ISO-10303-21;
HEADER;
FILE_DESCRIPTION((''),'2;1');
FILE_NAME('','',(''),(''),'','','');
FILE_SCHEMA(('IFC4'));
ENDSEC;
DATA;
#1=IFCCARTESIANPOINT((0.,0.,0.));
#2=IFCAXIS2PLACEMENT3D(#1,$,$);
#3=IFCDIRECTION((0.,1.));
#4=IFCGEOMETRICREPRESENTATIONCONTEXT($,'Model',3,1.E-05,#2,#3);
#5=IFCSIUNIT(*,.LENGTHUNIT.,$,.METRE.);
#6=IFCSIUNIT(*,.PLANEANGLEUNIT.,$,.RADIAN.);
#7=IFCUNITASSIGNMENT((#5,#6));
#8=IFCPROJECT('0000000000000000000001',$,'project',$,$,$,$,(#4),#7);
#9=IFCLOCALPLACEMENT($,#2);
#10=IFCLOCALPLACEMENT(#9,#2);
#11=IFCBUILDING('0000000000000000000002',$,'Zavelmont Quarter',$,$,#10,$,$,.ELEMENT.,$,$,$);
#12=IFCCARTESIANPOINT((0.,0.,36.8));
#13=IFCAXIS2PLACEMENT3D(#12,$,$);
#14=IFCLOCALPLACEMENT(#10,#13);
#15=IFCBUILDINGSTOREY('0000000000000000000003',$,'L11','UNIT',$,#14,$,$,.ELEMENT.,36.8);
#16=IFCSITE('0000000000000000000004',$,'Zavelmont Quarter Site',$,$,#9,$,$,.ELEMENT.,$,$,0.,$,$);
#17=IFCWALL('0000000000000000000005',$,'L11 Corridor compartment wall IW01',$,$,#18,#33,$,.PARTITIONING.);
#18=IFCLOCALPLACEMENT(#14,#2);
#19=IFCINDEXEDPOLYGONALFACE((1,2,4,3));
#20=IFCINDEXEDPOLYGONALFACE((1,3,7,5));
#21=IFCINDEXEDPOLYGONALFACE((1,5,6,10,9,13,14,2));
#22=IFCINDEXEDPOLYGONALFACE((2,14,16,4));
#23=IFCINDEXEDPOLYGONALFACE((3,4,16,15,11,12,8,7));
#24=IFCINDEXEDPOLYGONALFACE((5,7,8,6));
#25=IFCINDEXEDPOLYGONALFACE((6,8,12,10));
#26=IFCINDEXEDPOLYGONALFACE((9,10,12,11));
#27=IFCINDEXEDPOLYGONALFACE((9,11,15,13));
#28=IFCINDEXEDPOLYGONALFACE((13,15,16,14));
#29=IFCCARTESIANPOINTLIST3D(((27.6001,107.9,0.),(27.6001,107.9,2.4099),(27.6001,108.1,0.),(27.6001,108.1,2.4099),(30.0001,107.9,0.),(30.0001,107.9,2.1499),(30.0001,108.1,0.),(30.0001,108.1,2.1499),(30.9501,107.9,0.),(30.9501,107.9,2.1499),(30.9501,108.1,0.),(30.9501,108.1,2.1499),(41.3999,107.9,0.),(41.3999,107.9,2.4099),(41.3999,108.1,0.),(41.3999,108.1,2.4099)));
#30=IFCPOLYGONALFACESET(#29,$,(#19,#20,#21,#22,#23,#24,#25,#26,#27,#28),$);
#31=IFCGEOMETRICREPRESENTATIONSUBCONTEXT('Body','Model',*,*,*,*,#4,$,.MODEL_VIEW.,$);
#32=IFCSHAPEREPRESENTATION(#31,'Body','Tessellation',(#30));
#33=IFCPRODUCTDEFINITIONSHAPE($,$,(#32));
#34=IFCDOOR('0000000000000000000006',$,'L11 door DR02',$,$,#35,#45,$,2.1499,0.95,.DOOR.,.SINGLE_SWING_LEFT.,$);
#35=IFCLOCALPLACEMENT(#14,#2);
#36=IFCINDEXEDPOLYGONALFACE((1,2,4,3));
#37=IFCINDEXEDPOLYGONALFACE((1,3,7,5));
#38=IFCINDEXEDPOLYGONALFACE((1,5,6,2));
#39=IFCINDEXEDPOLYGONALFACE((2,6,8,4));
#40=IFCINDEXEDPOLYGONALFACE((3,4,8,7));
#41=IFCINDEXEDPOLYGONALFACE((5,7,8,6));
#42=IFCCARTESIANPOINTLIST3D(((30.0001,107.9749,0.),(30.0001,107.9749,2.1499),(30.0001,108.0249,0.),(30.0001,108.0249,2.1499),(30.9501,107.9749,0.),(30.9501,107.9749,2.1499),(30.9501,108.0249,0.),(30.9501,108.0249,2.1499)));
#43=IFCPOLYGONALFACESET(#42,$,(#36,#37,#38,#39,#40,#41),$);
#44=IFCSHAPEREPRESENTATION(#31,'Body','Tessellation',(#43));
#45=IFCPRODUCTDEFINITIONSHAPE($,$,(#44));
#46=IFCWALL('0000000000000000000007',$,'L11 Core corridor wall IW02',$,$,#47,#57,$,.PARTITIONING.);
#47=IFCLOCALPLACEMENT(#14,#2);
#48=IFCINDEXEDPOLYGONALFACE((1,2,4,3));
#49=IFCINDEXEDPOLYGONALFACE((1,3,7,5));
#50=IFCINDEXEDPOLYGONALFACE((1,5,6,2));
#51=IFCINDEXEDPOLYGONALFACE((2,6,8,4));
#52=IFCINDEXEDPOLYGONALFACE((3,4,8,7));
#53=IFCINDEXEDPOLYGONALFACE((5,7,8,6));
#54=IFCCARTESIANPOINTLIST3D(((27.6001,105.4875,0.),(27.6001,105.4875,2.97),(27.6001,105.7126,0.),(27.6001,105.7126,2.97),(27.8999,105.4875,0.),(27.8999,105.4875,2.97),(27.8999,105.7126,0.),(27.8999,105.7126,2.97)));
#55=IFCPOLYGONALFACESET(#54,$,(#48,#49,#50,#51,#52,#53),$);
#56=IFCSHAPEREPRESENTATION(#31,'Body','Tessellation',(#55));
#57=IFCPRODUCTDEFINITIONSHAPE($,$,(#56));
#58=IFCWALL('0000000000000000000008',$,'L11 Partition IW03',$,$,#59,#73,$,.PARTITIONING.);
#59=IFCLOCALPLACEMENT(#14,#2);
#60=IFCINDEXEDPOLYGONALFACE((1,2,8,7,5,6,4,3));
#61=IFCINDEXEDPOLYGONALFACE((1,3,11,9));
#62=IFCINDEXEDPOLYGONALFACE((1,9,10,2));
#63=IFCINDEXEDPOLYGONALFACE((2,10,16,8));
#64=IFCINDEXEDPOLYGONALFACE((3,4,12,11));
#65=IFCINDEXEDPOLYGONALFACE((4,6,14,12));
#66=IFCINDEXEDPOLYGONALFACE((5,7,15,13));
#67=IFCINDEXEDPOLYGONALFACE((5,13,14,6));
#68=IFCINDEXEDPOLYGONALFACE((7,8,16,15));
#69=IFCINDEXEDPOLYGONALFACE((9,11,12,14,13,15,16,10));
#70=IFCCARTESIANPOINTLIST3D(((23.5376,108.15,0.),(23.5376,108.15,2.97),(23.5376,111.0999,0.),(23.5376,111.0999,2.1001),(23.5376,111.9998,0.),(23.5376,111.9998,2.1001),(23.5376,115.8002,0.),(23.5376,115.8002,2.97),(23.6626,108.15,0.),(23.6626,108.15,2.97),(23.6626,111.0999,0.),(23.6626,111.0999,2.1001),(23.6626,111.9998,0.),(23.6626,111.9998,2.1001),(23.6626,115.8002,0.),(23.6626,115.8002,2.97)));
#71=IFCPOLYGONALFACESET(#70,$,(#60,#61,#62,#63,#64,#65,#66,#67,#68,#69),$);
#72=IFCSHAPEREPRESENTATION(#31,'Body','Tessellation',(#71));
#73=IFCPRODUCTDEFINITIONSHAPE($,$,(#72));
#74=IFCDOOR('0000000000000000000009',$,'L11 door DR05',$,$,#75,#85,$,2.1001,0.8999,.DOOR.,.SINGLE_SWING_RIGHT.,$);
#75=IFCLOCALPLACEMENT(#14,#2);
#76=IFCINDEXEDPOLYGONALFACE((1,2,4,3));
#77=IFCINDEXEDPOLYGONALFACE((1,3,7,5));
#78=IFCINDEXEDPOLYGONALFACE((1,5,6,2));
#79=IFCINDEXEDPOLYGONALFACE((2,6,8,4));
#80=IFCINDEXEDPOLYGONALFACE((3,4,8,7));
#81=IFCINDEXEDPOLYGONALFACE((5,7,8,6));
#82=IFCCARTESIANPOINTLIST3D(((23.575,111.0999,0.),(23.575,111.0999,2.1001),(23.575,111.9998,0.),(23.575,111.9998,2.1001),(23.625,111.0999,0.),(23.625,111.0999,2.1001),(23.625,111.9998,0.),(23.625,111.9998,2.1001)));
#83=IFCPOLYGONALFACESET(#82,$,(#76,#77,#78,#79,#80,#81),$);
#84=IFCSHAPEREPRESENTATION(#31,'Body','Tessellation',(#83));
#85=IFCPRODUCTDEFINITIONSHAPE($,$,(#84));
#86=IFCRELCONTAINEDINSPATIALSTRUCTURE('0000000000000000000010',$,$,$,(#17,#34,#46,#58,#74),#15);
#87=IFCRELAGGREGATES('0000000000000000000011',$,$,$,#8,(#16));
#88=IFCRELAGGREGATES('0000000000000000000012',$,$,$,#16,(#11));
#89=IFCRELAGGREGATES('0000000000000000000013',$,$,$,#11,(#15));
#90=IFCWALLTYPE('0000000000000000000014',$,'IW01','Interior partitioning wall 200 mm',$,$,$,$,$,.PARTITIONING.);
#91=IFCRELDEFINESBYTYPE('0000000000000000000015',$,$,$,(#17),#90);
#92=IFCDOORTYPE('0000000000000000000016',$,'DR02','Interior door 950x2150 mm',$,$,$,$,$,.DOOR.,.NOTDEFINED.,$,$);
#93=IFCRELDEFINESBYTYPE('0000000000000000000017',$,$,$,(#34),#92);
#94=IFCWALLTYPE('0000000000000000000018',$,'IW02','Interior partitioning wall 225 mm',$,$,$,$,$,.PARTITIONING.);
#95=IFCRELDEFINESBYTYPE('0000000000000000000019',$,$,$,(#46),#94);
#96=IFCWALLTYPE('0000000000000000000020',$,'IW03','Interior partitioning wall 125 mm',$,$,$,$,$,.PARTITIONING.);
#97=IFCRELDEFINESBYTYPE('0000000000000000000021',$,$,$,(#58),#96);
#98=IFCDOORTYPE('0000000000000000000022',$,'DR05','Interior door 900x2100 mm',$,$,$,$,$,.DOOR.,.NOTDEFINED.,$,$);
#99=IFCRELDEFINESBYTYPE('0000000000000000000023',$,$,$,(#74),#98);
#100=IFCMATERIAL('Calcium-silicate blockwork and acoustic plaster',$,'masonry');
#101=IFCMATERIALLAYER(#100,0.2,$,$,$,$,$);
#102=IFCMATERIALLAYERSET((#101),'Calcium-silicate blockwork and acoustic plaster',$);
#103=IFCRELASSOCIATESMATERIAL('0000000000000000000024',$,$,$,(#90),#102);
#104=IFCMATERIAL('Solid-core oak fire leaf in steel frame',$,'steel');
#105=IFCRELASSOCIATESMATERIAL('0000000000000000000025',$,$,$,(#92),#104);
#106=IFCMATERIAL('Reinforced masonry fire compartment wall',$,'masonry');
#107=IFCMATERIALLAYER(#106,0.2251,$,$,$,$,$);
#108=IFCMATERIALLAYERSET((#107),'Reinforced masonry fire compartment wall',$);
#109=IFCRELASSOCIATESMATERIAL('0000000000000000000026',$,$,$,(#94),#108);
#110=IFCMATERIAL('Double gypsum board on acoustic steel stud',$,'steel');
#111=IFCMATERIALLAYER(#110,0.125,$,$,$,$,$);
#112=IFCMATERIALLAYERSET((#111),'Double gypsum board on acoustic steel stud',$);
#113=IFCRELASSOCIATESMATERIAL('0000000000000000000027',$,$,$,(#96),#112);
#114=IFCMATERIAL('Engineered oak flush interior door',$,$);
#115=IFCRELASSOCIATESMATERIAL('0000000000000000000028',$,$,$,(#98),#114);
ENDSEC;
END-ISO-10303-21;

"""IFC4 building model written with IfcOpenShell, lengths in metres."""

from ifc_helpers import new_model, si_unit, direction, frame, frame_2d, origin, origin_with_axes, place, context, subcontext, project, spatial, rectangle, extrude, material, layer, layer_set, type_object, element, fill, save


model = new_model("IFC4")

# Units and contexts
model_context = context("Model", 3, precision=1e-05, world=origin(), true_north=direction((0.0, 1.0)))
body_context = subcontext(model_context, "Body", "Model", "MODEL_VIEW")
ifc_project = project(units=[si_unit("LENGTHUNIT", "METRE"), si_unit("PLANEANGLEUNIT", "RADIAN")], contexts=[model_context])

# Site, building, storey
site_placement = place(None, origin())
site = spatial("IfcSite", under=ifc_project, at=site_placement, Name="Zavelmont Quarter Site", CompositionType="ELEMENT", RefElevation=0.0)
building_placement = place(site_placement, origin())
building = spatial("IfcBuilding", under=site, at=building_placement, Name="Zavelmont Quarter", CompositionType="ELEMENT")
storey_placement = place(building_placement, frame((0.0, 0.0, 36.8)))
storey = spatial("IfcBuildingStorey", under=building, at=storey_placement, Name="L11", Description="UNIT", CompositionType="ELEMENT", Elevation=36.8)

# Shared definitions
ifc_material_1 = material(Name="Calcium-silicate blockwork and acoustic plaster", Category="masonry")
ifc_layer_1 = layer(ifc_material_1, 0.2)
ifc_layer_set_1 = layer_set([ifc_layer_1], Name="Calcium-silicate blockwork and acoustic plaster")
wall_type_1 = type_object("IfcWallType", Name="IW01", Description="Interior partitioning wall 200 mm", PredefinedType="PARTITIONING", material=ifc_layer_set_1)

# Wall, opening, door
wall_1_placement = place(storey_placement, frame((27.6001, 108.0, 0.0), z_axis=(0.0, 0.0, 1.0), x_axis=(1.0, 0.0, 0.0)))
wall_1 = element("IfcWall", 1, at=wall_1_placement, inside=storey, type_object=wall_type_1, Name="L11 Corridor compartment wall IW01", PredefinedType="PARTITIONING", context=body_context, shape_type="SweptSolid", body=[
    extrude(rectangle(XDim=13.7998, YDim=0.2, at=frame_2d((6.8999, 0.0))), origin(), (0.0, 0.0, 1.0), 2.4099),
])
opening_1_placement = place(wall_1_placement, frame((2.3999, 0.0, 0.0)))
opening_1 = element("IfcOpeningElement", 2, at=opening_1_placement, cuts=wall_1, PredefinedType="OPENING", context=body_context, shape_type="SweptSolid", body=[
    extrude(rectangle(XDim=0.95, YDim=2.1499, at=frame_2d((0.4751, 1.075))), frame((0.0, 0.1118, 0.0), z_axis=(0.0, -1.0, 0.0), x_axis=(1.0, 0.0, 0.0)), (0.0, 0.0, 1.0), 0.2239),
])
ifc_material_2 = material(Name="Solid-core oak fire leaf in steel frame", Category="steel")
door_type_1 = type_object("IfcDoorType", Name="DR02", Description="Interior door 950x2150 mm", OperationType="NOTDEFINED", PredefinedType="DOOR", material=ifc_material_2)
door_1_placement = place(opening_1_placement, origin_with_axes())
door_1 = element("IfcDoor", 3, at=door_1_placement, inside=storey, type_object=door_type_1, Name="L11 door DR02", OperationType="SINGLE_SWING_LEFT", OverallHeight=2.1499, OverallWidth=0.95, PredefinedType="DOOR", context=body_context, shape_type="SweptSolid", body=[
    extrude(rectangle(XDim=0.95, YDim=2.1499, at=frame_2d((0.4751, 1.075))), frame((0.0, 0.0249, 0.0), z_axis=(0.0, -1.0, 0.0), x_axis=(1.0, 0.0, 0.0)), (0.0, 0.0, 1.0), 0.05),
])
fill(opening_1, door_1)

# Wall
ifc_material_3 = material(Name="Reinforced masonry fire compartment wall", Category="masonry")
ifc_layer_2 = layer(ifc_material_3, 0.2251)
ifc_layer_set_2 = layer_set([ifc_layer_2], Name="Reinforced masonry fire compartment wall")
wall_type_2 = type_object("IfcWallType", Name="IW02", Description="Interior partitioning wall 225 mm", PredefinedType="PARTITIONING", material=ifc_layer_set_2)
wall_2_placement = place(storey_placement, frame((27.6001, 105.6001, 0.0), z_axis=(0.0, 0.0, 1.0), x_axis=(1.0, 0.0, 0.0)))
element("IfcWall", 4, at=wall_2_placement, inside=storey, type_object=wall_type_2, Name="L11 Core corridor wall IW02", PredefinedType="PARTITIONING", context=body_context, shape_type="SweptSolid", body=[
    extrude(rectangle(XDim=0.2998, YDim=0.2251, at=frame_2d((0.1499, 0.0))), origin(), (0.0, 0.0, 1.0), 2.97),
])

# Wall, opening, door
ifc_material_4 = material(Name="Double gypsum board on acoustic steel stud", Category="steel")
ifc_layer_3 = layer(ifc_material_4, 0.125)
ifc_layer_set_3 = layer_set([ifc_layer_3], Name="Double gypsum board on acoustic steel stud")
wall_type_3 = type_object("IfcWallType", Name="IW03", Description="Interior partitioning wall 125 mm", PredefinedType="PARTITIONING", material=ifc_layer_set_3)
wall_3_placement = place(storey_placement, frame((23.6001, 108.1499, 0.0), z_axis=(0.0, 0.0, 1.0), x_axis=(0.0, 1.0, 0.0)))
wall_3 = element("IfcWall", 5, at=wall_3_placement, inside=storey, type_object=wall_type_3, Name="L11 Partition IW03", PredefinedType="PARTITIONING", context=body_context, shape_type="SweptSolid", body=[
    extrude(rectangle(XDim=7.6501, YDim=0.125, at=frame_2d((3.8252, 0.0))), origin(), (0.0, 0.0, 1.0), 2.97),
])
opening_2_placement = place(wall_3_placement, frame((2.95, 0.0, 0.0)))
opening_2 = element("IfcOpeningElement", 6, at=opening_2_placement, cuts=wall_3, PredefinedType="OPENING", context=body_context, shape_type="SweptSolid", body=[
    extrude(rectangle(XDim=0.8999, YDim=2.1001, at=frame_2d((0.45, 1.05))), frame((0.0, 0.0745, 0.0), z_axis=(0.0, -1.0, 0.0), x_axis=(1.0, 0.0, 0.0)), (0.0, 0.0, 1.0), 0.1489),
])
ifc_material_5 = material(Name="Engineered oak flush interior door")
door_type_2 = type_object("IfcDoorType", Name="DR05", Description="Interior door 900x2100 mm", OperationType="NOTDEFINED", PredefinedType="DOOR", material=ifc_material_5)
door_2_placement = place(opening_2_placement, frame((0.8999, 0.0, 0.0), z_axis=(0.0, 0.0, 1.0), x_axis=(-1.0, 0.0, 0.0)))
door_2 = element("IfcDoor", 7, at=door_2_placement, inside=storey, type_object=door_type_2, Name="L11 door DR05", OperationType="SINGLE_SWING_RIGHT", OverallHeight=2.1001, OverallWidth=0.8999, PredefinedType="DOOR", context=body_context, shape_type="SweptSolid", body=[
    extrude(rectangle(XDim=0.8999, YDim=2.1001, at=frame_2d((0.45, 1.05))), frame((0.0, 0.0249, 0.0), z_axis=(0.0, -1.0, 0.0), x_axis=(1.0, 0.0, 0.0)), (0.0, 0.0, 1.0), 0.05),
])
fill(opening_2, door_2)

save(model, "model.ifc")
